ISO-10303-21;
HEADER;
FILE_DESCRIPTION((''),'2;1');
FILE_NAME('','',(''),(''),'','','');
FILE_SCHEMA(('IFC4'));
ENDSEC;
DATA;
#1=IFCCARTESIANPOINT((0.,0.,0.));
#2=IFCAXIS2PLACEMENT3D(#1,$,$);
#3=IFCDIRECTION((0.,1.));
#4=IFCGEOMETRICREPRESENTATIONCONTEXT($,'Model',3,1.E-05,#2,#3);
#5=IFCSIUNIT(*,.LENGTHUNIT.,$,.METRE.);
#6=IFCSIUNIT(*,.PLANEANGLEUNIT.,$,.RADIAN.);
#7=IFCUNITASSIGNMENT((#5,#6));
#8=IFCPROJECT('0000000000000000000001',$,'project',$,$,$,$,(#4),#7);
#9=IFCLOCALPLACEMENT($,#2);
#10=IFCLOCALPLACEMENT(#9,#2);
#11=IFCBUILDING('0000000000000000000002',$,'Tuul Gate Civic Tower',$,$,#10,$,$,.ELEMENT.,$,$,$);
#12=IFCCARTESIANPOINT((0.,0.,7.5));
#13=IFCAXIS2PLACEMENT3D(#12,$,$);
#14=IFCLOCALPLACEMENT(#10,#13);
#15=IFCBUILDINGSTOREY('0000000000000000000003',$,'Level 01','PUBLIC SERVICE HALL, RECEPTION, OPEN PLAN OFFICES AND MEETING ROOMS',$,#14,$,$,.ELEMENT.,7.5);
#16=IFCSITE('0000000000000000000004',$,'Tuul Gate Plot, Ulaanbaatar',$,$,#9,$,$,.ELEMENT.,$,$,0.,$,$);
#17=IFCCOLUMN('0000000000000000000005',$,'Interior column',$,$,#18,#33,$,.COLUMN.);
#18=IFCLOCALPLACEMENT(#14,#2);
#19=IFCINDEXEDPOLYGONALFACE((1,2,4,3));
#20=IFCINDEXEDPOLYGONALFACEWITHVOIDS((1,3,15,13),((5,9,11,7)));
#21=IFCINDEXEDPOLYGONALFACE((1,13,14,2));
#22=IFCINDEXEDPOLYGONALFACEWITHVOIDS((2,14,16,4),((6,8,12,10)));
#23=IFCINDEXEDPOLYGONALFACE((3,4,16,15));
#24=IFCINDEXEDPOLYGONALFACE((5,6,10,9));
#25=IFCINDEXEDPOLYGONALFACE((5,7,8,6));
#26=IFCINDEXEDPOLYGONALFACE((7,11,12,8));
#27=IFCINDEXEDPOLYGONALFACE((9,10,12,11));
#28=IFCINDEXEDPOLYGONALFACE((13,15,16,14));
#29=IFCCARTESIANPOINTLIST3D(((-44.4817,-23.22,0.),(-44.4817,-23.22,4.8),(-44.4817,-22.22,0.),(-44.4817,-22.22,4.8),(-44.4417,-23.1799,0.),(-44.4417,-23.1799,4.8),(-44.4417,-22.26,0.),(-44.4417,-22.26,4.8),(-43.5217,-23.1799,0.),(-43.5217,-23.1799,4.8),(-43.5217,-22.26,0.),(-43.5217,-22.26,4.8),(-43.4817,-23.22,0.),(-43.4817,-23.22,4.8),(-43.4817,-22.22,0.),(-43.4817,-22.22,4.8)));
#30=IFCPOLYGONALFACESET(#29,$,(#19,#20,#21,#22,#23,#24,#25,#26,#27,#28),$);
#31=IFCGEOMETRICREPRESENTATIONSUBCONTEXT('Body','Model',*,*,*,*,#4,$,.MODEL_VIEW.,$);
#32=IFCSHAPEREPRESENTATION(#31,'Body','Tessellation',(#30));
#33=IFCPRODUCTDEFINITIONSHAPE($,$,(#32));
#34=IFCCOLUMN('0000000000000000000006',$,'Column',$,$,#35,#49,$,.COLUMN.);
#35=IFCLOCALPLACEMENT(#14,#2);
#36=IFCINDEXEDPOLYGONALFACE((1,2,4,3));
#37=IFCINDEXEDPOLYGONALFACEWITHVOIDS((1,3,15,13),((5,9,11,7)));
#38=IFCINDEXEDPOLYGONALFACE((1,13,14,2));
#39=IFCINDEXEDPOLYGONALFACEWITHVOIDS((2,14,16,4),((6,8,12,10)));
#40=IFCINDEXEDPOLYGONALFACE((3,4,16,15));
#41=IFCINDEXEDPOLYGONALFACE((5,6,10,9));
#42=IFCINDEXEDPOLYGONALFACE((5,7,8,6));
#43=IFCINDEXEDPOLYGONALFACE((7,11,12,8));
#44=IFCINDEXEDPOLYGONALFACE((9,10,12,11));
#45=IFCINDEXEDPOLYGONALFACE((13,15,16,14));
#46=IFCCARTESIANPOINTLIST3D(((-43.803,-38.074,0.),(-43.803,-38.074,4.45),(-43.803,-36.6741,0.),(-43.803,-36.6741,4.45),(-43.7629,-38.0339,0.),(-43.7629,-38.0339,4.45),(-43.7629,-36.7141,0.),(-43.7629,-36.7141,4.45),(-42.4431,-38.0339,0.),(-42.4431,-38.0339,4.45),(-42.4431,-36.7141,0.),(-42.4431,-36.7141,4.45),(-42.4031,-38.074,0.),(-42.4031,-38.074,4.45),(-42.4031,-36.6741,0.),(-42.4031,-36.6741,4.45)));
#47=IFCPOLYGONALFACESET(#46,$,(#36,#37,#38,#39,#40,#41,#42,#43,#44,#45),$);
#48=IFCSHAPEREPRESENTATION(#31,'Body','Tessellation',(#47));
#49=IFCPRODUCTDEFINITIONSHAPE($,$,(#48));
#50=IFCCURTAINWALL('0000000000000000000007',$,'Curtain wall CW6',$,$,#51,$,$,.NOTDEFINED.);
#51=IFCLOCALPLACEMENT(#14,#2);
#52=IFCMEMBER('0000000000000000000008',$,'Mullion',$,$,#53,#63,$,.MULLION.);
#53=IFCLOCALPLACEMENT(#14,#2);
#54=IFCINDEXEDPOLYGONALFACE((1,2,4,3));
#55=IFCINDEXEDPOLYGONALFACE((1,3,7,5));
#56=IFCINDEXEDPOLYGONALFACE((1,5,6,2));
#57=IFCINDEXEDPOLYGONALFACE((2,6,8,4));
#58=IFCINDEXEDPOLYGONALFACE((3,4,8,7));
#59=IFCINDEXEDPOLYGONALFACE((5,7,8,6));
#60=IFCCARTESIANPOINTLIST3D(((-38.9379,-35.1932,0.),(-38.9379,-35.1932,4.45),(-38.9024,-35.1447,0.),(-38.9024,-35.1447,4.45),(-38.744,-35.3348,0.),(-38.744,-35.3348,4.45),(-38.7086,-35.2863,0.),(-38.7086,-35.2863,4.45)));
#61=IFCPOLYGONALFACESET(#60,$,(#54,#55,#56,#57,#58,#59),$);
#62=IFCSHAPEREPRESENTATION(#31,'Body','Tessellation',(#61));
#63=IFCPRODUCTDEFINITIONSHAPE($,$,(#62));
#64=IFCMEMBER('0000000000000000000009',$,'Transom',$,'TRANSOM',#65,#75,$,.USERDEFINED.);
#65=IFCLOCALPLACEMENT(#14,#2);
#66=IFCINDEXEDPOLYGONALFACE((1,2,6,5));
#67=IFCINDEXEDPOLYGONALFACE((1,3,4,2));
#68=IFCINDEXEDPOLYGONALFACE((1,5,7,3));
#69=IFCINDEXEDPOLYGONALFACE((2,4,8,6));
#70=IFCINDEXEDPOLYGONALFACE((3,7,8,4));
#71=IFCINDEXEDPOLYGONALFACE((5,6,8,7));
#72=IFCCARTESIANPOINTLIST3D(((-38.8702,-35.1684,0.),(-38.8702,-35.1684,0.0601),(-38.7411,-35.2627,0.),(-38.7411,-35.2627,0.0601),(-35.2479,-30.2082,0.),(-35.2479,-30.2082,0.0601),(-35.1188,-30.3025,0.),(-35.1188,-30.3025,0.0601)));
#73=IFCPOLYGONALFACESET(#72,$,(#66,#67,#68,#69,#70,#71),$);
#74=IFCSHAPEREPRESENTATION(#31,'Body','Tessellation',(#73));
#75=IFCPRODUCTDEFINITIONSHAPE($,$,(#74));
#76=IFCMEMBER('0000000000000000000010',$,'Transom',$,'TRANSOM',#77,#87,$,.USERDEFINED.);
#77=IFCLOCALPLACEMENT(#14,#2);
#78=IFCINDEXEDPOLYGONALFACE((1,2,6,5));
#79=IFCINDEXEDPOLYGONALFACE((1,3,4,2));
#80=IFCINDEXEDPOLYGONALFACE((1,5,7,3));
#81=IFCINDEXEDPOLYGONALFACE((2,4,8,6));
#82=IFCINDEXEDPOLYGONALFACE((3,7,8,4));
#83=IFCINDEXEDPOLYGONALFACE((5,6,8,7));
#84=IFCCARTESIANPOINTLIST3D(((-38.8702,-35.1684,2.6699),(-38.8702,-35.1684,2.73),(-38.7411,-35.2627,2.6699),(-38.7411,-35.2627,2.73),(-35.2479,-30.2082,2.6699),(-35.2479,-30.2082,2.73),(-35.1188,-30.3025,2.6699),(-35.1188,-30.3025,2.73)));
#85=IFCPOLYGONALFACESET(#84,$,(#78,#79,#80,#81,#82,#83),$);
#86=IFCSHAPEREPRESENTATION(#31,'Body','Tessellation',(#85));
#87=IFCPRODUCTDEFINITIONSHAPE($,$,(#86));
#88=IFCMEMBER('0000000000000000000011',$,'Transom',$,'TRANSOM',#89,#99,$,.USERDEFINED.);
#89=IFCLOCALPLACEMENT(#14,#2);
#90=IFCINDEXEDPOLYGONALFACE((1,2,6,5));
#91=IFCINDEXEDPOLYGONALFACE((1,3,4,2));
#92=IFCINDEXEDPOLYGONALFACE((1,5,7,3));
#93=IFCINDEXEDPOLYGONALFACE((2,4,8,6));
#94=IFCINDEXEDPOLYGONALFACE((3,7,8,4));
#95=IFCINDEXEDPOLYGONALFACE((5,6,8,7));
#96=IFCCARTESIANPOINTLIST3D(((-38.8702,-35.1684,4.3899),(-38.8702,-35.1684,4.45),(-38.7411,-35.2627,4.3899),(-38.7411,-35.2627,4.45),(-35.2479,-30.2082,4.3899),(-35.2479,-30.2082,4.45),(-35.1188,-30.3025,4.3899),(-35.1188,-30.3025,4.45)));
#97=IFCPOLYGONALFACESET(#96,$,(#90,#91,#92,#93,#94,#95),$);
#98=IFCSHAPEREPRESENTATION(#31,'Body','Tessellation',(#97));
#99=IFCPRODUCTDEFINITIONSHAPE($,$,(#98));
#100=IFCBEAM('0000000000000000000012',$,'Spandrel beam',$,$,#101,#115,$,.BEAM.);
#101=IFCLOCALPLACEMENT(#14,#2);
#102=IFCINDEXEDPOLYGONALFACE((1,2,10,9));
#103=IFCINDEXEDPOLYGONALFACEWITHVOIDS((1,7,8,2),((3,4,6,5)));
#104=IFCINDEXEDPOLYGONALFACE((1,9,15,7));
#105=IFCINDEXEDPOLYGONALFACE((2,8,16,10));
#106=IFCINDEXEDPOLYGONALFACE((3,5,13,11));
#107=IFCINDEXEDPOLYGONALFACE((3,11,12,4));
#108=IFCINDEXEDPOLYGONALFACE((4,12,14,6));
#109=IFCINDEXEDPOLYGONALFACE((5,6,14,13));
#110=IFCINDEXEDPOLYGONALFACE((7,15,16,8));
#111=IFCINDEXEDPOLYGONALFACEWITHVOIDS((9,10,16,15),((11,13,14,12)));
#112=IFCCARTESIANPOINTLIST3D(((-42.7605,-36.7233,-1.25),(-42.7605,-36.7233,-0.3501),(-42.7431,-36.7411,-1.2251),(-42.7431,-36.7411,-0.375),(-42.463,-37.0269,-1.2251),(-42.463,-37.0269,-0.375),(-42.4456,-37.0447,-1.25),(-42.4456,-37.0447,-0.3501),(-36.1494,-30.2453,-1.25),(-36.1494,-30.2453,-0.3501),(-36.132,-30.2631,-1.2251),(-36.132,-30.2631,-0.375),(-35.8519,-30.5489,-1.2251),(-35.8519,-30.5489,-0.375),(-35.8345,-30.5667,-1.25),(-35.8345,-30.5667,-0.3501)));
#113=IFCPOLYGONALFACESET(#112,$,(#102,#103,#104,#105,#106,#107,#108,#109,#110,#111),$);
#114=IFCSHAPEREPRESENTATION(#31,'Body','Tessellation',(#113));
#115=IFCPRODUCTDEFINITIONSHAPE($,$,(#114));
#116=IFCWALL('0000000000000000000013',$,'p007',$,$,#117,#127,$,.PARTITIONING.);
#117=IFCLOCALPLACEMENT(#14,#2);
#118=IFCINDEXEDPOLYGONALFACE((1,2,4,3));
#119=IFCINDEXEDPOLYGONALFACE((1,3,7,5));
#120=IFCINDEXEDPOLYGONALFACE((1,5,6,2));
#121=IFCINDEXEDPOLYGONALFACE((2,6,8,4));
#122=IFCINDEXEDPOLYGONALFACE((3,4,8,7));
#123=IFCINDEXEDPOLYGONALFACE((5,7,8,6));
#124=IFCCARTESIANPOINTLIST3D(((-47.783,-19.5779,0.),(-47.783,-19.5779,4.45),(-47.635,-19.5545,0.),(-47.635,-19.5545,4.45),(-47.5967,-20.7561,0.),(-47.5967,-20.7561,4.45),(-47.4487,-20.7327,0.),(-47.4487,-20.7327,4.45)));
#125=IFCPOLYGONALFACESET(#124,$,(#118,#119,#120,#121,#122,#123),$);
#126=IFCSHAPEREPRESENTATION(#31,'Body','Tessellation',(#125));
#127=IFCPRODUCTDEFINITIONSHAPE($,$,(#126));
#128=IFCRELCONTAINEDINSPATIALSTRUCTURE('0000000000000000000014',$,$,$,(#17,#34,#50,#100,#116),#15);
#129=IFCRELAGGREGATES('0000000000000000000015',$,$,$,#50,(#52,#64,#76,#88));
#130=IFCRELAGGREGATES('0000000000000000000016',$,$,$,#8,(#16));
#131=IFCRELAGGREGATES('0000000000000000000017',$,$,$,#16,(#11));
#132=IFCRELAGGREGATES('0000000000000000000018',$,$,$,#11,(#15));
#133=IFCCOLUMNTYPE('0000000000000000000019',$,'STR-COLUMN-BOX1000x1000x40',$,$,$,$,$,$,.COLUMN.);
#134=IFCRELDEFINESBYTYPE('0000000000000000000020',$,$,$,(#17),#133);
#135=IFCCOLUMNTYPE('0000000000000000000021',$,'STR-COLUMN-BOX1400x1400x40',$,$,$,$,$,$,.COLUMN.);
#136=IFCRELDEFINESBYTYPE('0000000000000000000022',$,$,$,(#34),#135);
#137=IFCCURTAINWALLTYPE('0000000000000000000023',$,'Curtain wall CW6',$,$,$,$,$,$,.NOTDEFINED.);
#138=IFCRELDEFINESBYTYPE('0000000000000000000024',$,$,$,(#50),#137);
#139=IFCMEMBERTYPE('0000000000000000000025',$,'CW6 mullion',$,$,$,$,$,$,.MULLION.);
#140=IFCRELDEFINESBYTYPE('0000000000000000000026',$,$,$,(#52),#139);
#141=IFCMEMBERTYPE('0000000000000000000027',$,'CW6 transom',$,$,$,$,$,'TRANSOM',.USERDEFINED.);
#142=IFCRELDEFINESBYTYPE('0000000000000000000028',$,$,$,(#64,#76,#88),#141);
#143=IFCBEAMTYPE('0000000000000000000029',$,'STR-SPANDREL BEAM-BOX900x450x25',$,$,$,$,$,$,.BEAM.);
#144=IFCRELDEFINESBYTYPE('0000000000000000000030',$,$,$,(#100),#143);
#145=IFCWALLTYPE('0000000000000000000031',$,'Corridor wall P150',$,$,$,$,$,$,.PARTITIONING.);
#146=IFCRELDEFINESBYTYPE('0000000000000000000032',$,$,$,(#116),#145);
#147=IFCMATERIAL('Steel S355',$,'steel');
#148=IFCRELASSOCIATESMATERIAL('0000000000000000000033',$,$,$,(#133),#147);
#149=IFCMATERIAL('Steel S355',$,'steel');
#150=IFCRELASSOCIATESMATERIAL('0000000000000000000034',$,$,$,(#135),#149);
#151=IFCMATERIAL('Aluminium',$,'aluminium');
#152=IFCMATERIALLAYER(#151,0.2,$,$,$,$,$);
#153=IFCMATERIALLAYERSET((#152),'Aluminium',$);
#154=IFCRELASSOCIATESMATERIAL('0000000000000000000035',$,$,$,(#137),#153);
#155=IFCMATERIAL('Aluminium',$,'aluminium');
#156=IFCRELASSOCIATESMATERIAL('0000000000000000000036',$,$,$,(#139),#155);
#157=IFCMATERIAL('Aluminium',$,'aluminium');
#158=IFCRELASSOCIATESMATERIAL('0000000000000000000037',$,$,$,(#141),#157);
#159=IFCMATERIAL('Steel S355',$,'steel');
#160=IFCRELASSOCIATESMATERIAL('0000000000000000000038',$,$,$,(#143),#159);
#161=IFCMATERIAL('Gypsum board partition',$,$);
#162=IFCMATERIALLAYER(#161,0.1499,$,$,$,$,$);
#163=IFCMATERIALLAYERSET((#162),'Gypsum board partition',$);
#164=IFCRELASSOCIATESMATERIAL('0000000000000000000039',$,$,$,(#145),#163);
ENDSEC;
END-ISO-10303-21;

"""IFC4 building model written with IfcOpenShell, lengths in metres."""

from ifc_helpers import new_model, si_unit, direction, frame, frame_2d, origin, origin_2d, place, context, subcontext, project, spatial, rectangle, hollow_rectangle, extrude, material, layer, layer_set, material_profile, profile_set, type_object, element, aggregate, save


model = new_model("IFC4")

# Units and contexts
model_context = context("Model", 3, precision=1e-05, world=origin(), true_north=direction((0.0, 1.0)))
body_context = subcontext(model_context, "Body", "Model", "MODEL_VIEW")
ifc_project = project(units=[si_unit("LENGTHUNIT", "METRE"), si_unit("PLANEANGLEUNIT", "RADIAN")], contexts=[model_context])

# Site, building, storey
site_placement = place(None, origin())
site = spatial("IfcSite", under=ifc_project, at=site_placement, Name="Tuul Gate Plot, Ulaanbaatar", CompositionType="ELEMENT", RefElevation=0.0)
building_placement = place(site_placement, origin())
building = spatial("IfcBuilding", under=site, at=building_placement, Name="Tuul Gate Civic Tower", CompositionType="ELEMENT")
storey_placement = place(building_placement, frame((0.0, 0.0, 7.5)))
storey = spatial("IfcBuildingStorey", under=building, at=storey_placement, Name="Level 01", Description="PUBLIC SERVICE HALL, RECEPTION, OPEN PLAN OFFICES AND MEETING ROOMS", CompositionType="ELEMENT", Elevation=7.5)

# Columns
ifc_material_1 = material(Name="Steel S355", Category="steel")
ifc_material_profile_1 = material_profile(ifc_material_1, hollow_rectangle(XDim=1.0, YDim=1.0, WallThickness=0.04, at=origin_2d()), Name="BOX1000x1000x40")
ifc_profile_set_1 = profile_set([ifc_material_profile_1], Name="Steel S355")
column_type_1 = type_object("IfcColumnType", Name="STR-COLUMN-BOX1000x1000x40", PredefinedType="COLUMN", material=ifc_profile_set_1)
column_1_placement = place(storey_placement, frame((-43.9817, -22.72, 0.0), z_axis=(0.0, 0.0, 1.0), x_axis=(1.0, 0.0, 0.0)))
element("IfcColumn", 1, at=column_1_placement, inside=storey, type_object=column_type_1, Name="Interior column", PredefinedType="COLUMN", context=body_context, shape_type="SweptSolid", body=[
    extrude(hollow_rectangle(XDim=1.0, YDim=1.0, WallThickness=0.04, at=origin_2d()), origin(), (0.0, 0.0, 1.0), 4.8),
])
ifc_material_2 = material(Name="Steel S355", Category="steel")
ifc_material_profile_2 = material_profile(ifc_material_2, hollow_rectangle(XDim=1.3999, YDim=1.3999, WallThickness=0.04, at=origin_2d()), Name="BOX1400x1400x40")
ifc_profile_set_2 = profile_set([ifc_material_profile_2], Name="Steel S355")
column_type_2 = type_object("IfcColumnType", Name="STR-COLUMN-BOX1400x1400x40", PredefinedType="COLUMN", material=ifc_profile_set_2)
column_2_placement = place(storey_placement, frame((-43.103, -37.374, 0.0), z_axis=(0.0, 0.0, 1.0), x_axis=(1.0, 0.0, 0.0)))
element("IfcColumn", 2, at=column_2_placement, inside=storey, type_object=column_type_2, Name="Column", PredefinedType="COLUMN", context=body_context, shape_type="SweptSolid", body=[
    extrude(hollow_rectangle(XDim=1.3999, YDim=1.3999, WallThickness=0.04, at=origin_2d()), origin(), (0.0, 0.0, 1.0), 4.45),
])

# Curtain wall, members
ifc_material_3 = material(Name="Aluminium", Category="aluminium")
ifc_layer_1 = layer(ifc_material_3, 0.2)
ifc_layer_set_1 = layer_set([ifc_layer_1], Name="Aluminium")
curtain_wall_type = type_object("IfcCurtainWallType", Name="Curtain wall CW6", PredefinedType="NOTDEFINED", material=ifc_layer_set_1)
curtain_wall_placement = place(storey_placement, origin())
curtain_wall = element("IfcCurtainWall", 3, at=curtain_wall_placement, inside=storey, type_object=curtain_wall_type, Name="Curtain wall CW6", PredefinedType="NOTDEFINED")
ifc_material_4 = material(Name="Aluminium", Category="aluminium")
ifc_material_profile_3 = material_profile(ifc_material_4, rectangle(XDim=0.24, YDim=0.0601, at=origin_2d()), Name="CW6 mullion")
ifc_profile_set_3 = profile_set([ifc_material_profile_3], Name="Aluminium")
member_type_1 = type_object("IfcMemberType", Name="CW6 mullion", PredefinedType="MULLION", material=ifc_profile_set_3)
member_1_placement = place(storey_placement, frame((-38.8232, -35.2397, 0.0), z_axis=(0.0, 0.0, 1.0), x_axis=(-0.807581, 0.589756, 0.0)))
member_1 = element("IfcMember", 4, at=member_1_placement, type_object=member_type_1, Name="Mullion", PredefinedType="MULLION", context=body_context, shape_type="SweptSolid", body=[
    extrude(rectangle(XDim=0.24, YDim=0.0601, at=origin_2d()), origin(), (0.0, 0.0, 1.0), 4.45),
])
ifc_material_5 = material(Name="Aluminium", Category="aluminium")
ifc_material_profile_4 = material_profile(ifc_material_5, rectangle(XDim=0.1599, YDim=0.0601, at=origin_2d()), Name="CW6 transom")
ifc_profile_set_4 = profile_set([ifc_material_profile_4], Name="Aluminium")
member_type_2 = type_object("IfcMemberType", Name="CW6 transom", ElementType="TRANSOM", PredefinedType="USERDEFINED", material=ifc_profile_set_4)
member_2_placement = place(storey_placement, frame((-38.8057, -35.2156, 0.03), z_axis=(0.589756, 0.807581, 0.0), x_axis=(-0.807581, 0.589756, 0.0)))
member_2 = element("IfcMember", 5, at=member_2_placement, type_object=member_type_2, Name="Transom", ObjectType="TRANSOM", PredefinedType="USERDEFINED", context=body_context, shape_type="SweptSolid", body=[
    extrude(rectangle(XDim=0.1599, YDim=0.0601, at=origin_2d()), origin(), (0.0, 0.0, 1.0), 6.1421),
])
member_3_placement = place(storey_placement, frame((-38.8057, -35.2156, 2.7), z_axis=(0.589756, 0.807581, 0.0), x_axis=(-0.807581, 0.589756, 0.0)))
member_3 = element("IfcMember", 6, at=member_3_placement, type_object=member_type_2, Name="Transom", ObjectType="TRANSOM", PredefinedType="USERDEFINED", context=body_context, shape_type="SweptSolid", body=[
    extrude(rectangle(XDim=0.1599, YDim=0.0601, at=origin_2d()), origin(), (0.0, 0.0, 1.0), 6.1421),
])
member_4_placement = place(storey_placement, frame((-38.8057, -35.2156, 4.4199), z_axis=(0.589756, 0.807581, 0.0), x_axis=(-0.807581, 0.589756, 0.0)))
member_4 = element("IfcMember", 7, at=member_4_placement, type_object=member_type_2, Name="Transom", ObjectType="TRANSOM", PredefinedType="USERDEFINED", context=body_context, shape_type="SweptSolid", body=[
    extrude(rectangle(XDim=0.1599, YDim=0.0601, at=origin_2d()), origin(), (0.0, 0.0, 1.0), 6.1421),
])
aggregate(curtain_wall, [member_1, member_2, member_3, member_4])

# Beam
ifc_material_6 = material(Name="Steel S355", Category="steel")
ifc_material_profile_5 = material_profile(ifc_material_6, hollow_rectangle(XDim=0.45, YDim=0.8999, WallThickness=0.0249, at=origin_2d()), Name="BOX900x450x25")
ifc_profile_set_5 = profile_set([ifc_material_profile_5], Name="Steel S355")
beam_type = type_object("IfcBeamType", Name="STR-SPANDREL BEAM-BOX900x450x25", PredefinedType="BEAM", material=ifc_profile_set_5)
beam_placement = place(storey_placement, frame((-42.603, -36.884, -0.8), z_axis=(0.714258, 0.699883, 0.0), x_axis=(-0.699883, 0.714258, 0.0)))
element("IfcBeam", 8, at=beam_placement, inside=storey, type_object=beam_type, Name="Spandrel beam", PredefinedType="BEAM", context=body_context, shape_type="SweptSolid", body=[
    extrude(hollow_rectangle(XDim=0.45, YDim=0.8999, WallThickness=0.0249, at=origin_2d()), origin(), (0.0, 0.0, 1.0), 9.2559),
])

# Wall
ifc_material_7 = material(Name="Gypsum board partition")
ifc_layer_2 = layer(ifc_material_7, 0.1499)
ifc_layer_set_2 = layer_set([ifc_layer_2], Name="Gypsum board partition")
wall_type_1 = type_object("IfcWallType", Name="Corridor wall P150", PredefinedType="PARTITIONING", material=ifc_layer_set_2)
wall_1_placement = place(storey_placement, frame((-47.709, -19.5662, 0.0), z_axis=(0.0, 0.0, 1.0), x_axis=(0.156162, -0.987731, 0.0)))
element("IfcWall", 9, at=wall_1_placement, inside=storey, type_object=wall_type_1, Name="p007", PredefinedType="PARTITIONING", context=body_context, shape_type="SweptSolid", body=[
    extrude(rectangle(XDim=1.1929, YDim=0.1499, at=frame_2d((0.5964, 0.0))), origin(), (0.0, 0.0, 1.0), 4.45),
])

save(model, "model.ifc")
